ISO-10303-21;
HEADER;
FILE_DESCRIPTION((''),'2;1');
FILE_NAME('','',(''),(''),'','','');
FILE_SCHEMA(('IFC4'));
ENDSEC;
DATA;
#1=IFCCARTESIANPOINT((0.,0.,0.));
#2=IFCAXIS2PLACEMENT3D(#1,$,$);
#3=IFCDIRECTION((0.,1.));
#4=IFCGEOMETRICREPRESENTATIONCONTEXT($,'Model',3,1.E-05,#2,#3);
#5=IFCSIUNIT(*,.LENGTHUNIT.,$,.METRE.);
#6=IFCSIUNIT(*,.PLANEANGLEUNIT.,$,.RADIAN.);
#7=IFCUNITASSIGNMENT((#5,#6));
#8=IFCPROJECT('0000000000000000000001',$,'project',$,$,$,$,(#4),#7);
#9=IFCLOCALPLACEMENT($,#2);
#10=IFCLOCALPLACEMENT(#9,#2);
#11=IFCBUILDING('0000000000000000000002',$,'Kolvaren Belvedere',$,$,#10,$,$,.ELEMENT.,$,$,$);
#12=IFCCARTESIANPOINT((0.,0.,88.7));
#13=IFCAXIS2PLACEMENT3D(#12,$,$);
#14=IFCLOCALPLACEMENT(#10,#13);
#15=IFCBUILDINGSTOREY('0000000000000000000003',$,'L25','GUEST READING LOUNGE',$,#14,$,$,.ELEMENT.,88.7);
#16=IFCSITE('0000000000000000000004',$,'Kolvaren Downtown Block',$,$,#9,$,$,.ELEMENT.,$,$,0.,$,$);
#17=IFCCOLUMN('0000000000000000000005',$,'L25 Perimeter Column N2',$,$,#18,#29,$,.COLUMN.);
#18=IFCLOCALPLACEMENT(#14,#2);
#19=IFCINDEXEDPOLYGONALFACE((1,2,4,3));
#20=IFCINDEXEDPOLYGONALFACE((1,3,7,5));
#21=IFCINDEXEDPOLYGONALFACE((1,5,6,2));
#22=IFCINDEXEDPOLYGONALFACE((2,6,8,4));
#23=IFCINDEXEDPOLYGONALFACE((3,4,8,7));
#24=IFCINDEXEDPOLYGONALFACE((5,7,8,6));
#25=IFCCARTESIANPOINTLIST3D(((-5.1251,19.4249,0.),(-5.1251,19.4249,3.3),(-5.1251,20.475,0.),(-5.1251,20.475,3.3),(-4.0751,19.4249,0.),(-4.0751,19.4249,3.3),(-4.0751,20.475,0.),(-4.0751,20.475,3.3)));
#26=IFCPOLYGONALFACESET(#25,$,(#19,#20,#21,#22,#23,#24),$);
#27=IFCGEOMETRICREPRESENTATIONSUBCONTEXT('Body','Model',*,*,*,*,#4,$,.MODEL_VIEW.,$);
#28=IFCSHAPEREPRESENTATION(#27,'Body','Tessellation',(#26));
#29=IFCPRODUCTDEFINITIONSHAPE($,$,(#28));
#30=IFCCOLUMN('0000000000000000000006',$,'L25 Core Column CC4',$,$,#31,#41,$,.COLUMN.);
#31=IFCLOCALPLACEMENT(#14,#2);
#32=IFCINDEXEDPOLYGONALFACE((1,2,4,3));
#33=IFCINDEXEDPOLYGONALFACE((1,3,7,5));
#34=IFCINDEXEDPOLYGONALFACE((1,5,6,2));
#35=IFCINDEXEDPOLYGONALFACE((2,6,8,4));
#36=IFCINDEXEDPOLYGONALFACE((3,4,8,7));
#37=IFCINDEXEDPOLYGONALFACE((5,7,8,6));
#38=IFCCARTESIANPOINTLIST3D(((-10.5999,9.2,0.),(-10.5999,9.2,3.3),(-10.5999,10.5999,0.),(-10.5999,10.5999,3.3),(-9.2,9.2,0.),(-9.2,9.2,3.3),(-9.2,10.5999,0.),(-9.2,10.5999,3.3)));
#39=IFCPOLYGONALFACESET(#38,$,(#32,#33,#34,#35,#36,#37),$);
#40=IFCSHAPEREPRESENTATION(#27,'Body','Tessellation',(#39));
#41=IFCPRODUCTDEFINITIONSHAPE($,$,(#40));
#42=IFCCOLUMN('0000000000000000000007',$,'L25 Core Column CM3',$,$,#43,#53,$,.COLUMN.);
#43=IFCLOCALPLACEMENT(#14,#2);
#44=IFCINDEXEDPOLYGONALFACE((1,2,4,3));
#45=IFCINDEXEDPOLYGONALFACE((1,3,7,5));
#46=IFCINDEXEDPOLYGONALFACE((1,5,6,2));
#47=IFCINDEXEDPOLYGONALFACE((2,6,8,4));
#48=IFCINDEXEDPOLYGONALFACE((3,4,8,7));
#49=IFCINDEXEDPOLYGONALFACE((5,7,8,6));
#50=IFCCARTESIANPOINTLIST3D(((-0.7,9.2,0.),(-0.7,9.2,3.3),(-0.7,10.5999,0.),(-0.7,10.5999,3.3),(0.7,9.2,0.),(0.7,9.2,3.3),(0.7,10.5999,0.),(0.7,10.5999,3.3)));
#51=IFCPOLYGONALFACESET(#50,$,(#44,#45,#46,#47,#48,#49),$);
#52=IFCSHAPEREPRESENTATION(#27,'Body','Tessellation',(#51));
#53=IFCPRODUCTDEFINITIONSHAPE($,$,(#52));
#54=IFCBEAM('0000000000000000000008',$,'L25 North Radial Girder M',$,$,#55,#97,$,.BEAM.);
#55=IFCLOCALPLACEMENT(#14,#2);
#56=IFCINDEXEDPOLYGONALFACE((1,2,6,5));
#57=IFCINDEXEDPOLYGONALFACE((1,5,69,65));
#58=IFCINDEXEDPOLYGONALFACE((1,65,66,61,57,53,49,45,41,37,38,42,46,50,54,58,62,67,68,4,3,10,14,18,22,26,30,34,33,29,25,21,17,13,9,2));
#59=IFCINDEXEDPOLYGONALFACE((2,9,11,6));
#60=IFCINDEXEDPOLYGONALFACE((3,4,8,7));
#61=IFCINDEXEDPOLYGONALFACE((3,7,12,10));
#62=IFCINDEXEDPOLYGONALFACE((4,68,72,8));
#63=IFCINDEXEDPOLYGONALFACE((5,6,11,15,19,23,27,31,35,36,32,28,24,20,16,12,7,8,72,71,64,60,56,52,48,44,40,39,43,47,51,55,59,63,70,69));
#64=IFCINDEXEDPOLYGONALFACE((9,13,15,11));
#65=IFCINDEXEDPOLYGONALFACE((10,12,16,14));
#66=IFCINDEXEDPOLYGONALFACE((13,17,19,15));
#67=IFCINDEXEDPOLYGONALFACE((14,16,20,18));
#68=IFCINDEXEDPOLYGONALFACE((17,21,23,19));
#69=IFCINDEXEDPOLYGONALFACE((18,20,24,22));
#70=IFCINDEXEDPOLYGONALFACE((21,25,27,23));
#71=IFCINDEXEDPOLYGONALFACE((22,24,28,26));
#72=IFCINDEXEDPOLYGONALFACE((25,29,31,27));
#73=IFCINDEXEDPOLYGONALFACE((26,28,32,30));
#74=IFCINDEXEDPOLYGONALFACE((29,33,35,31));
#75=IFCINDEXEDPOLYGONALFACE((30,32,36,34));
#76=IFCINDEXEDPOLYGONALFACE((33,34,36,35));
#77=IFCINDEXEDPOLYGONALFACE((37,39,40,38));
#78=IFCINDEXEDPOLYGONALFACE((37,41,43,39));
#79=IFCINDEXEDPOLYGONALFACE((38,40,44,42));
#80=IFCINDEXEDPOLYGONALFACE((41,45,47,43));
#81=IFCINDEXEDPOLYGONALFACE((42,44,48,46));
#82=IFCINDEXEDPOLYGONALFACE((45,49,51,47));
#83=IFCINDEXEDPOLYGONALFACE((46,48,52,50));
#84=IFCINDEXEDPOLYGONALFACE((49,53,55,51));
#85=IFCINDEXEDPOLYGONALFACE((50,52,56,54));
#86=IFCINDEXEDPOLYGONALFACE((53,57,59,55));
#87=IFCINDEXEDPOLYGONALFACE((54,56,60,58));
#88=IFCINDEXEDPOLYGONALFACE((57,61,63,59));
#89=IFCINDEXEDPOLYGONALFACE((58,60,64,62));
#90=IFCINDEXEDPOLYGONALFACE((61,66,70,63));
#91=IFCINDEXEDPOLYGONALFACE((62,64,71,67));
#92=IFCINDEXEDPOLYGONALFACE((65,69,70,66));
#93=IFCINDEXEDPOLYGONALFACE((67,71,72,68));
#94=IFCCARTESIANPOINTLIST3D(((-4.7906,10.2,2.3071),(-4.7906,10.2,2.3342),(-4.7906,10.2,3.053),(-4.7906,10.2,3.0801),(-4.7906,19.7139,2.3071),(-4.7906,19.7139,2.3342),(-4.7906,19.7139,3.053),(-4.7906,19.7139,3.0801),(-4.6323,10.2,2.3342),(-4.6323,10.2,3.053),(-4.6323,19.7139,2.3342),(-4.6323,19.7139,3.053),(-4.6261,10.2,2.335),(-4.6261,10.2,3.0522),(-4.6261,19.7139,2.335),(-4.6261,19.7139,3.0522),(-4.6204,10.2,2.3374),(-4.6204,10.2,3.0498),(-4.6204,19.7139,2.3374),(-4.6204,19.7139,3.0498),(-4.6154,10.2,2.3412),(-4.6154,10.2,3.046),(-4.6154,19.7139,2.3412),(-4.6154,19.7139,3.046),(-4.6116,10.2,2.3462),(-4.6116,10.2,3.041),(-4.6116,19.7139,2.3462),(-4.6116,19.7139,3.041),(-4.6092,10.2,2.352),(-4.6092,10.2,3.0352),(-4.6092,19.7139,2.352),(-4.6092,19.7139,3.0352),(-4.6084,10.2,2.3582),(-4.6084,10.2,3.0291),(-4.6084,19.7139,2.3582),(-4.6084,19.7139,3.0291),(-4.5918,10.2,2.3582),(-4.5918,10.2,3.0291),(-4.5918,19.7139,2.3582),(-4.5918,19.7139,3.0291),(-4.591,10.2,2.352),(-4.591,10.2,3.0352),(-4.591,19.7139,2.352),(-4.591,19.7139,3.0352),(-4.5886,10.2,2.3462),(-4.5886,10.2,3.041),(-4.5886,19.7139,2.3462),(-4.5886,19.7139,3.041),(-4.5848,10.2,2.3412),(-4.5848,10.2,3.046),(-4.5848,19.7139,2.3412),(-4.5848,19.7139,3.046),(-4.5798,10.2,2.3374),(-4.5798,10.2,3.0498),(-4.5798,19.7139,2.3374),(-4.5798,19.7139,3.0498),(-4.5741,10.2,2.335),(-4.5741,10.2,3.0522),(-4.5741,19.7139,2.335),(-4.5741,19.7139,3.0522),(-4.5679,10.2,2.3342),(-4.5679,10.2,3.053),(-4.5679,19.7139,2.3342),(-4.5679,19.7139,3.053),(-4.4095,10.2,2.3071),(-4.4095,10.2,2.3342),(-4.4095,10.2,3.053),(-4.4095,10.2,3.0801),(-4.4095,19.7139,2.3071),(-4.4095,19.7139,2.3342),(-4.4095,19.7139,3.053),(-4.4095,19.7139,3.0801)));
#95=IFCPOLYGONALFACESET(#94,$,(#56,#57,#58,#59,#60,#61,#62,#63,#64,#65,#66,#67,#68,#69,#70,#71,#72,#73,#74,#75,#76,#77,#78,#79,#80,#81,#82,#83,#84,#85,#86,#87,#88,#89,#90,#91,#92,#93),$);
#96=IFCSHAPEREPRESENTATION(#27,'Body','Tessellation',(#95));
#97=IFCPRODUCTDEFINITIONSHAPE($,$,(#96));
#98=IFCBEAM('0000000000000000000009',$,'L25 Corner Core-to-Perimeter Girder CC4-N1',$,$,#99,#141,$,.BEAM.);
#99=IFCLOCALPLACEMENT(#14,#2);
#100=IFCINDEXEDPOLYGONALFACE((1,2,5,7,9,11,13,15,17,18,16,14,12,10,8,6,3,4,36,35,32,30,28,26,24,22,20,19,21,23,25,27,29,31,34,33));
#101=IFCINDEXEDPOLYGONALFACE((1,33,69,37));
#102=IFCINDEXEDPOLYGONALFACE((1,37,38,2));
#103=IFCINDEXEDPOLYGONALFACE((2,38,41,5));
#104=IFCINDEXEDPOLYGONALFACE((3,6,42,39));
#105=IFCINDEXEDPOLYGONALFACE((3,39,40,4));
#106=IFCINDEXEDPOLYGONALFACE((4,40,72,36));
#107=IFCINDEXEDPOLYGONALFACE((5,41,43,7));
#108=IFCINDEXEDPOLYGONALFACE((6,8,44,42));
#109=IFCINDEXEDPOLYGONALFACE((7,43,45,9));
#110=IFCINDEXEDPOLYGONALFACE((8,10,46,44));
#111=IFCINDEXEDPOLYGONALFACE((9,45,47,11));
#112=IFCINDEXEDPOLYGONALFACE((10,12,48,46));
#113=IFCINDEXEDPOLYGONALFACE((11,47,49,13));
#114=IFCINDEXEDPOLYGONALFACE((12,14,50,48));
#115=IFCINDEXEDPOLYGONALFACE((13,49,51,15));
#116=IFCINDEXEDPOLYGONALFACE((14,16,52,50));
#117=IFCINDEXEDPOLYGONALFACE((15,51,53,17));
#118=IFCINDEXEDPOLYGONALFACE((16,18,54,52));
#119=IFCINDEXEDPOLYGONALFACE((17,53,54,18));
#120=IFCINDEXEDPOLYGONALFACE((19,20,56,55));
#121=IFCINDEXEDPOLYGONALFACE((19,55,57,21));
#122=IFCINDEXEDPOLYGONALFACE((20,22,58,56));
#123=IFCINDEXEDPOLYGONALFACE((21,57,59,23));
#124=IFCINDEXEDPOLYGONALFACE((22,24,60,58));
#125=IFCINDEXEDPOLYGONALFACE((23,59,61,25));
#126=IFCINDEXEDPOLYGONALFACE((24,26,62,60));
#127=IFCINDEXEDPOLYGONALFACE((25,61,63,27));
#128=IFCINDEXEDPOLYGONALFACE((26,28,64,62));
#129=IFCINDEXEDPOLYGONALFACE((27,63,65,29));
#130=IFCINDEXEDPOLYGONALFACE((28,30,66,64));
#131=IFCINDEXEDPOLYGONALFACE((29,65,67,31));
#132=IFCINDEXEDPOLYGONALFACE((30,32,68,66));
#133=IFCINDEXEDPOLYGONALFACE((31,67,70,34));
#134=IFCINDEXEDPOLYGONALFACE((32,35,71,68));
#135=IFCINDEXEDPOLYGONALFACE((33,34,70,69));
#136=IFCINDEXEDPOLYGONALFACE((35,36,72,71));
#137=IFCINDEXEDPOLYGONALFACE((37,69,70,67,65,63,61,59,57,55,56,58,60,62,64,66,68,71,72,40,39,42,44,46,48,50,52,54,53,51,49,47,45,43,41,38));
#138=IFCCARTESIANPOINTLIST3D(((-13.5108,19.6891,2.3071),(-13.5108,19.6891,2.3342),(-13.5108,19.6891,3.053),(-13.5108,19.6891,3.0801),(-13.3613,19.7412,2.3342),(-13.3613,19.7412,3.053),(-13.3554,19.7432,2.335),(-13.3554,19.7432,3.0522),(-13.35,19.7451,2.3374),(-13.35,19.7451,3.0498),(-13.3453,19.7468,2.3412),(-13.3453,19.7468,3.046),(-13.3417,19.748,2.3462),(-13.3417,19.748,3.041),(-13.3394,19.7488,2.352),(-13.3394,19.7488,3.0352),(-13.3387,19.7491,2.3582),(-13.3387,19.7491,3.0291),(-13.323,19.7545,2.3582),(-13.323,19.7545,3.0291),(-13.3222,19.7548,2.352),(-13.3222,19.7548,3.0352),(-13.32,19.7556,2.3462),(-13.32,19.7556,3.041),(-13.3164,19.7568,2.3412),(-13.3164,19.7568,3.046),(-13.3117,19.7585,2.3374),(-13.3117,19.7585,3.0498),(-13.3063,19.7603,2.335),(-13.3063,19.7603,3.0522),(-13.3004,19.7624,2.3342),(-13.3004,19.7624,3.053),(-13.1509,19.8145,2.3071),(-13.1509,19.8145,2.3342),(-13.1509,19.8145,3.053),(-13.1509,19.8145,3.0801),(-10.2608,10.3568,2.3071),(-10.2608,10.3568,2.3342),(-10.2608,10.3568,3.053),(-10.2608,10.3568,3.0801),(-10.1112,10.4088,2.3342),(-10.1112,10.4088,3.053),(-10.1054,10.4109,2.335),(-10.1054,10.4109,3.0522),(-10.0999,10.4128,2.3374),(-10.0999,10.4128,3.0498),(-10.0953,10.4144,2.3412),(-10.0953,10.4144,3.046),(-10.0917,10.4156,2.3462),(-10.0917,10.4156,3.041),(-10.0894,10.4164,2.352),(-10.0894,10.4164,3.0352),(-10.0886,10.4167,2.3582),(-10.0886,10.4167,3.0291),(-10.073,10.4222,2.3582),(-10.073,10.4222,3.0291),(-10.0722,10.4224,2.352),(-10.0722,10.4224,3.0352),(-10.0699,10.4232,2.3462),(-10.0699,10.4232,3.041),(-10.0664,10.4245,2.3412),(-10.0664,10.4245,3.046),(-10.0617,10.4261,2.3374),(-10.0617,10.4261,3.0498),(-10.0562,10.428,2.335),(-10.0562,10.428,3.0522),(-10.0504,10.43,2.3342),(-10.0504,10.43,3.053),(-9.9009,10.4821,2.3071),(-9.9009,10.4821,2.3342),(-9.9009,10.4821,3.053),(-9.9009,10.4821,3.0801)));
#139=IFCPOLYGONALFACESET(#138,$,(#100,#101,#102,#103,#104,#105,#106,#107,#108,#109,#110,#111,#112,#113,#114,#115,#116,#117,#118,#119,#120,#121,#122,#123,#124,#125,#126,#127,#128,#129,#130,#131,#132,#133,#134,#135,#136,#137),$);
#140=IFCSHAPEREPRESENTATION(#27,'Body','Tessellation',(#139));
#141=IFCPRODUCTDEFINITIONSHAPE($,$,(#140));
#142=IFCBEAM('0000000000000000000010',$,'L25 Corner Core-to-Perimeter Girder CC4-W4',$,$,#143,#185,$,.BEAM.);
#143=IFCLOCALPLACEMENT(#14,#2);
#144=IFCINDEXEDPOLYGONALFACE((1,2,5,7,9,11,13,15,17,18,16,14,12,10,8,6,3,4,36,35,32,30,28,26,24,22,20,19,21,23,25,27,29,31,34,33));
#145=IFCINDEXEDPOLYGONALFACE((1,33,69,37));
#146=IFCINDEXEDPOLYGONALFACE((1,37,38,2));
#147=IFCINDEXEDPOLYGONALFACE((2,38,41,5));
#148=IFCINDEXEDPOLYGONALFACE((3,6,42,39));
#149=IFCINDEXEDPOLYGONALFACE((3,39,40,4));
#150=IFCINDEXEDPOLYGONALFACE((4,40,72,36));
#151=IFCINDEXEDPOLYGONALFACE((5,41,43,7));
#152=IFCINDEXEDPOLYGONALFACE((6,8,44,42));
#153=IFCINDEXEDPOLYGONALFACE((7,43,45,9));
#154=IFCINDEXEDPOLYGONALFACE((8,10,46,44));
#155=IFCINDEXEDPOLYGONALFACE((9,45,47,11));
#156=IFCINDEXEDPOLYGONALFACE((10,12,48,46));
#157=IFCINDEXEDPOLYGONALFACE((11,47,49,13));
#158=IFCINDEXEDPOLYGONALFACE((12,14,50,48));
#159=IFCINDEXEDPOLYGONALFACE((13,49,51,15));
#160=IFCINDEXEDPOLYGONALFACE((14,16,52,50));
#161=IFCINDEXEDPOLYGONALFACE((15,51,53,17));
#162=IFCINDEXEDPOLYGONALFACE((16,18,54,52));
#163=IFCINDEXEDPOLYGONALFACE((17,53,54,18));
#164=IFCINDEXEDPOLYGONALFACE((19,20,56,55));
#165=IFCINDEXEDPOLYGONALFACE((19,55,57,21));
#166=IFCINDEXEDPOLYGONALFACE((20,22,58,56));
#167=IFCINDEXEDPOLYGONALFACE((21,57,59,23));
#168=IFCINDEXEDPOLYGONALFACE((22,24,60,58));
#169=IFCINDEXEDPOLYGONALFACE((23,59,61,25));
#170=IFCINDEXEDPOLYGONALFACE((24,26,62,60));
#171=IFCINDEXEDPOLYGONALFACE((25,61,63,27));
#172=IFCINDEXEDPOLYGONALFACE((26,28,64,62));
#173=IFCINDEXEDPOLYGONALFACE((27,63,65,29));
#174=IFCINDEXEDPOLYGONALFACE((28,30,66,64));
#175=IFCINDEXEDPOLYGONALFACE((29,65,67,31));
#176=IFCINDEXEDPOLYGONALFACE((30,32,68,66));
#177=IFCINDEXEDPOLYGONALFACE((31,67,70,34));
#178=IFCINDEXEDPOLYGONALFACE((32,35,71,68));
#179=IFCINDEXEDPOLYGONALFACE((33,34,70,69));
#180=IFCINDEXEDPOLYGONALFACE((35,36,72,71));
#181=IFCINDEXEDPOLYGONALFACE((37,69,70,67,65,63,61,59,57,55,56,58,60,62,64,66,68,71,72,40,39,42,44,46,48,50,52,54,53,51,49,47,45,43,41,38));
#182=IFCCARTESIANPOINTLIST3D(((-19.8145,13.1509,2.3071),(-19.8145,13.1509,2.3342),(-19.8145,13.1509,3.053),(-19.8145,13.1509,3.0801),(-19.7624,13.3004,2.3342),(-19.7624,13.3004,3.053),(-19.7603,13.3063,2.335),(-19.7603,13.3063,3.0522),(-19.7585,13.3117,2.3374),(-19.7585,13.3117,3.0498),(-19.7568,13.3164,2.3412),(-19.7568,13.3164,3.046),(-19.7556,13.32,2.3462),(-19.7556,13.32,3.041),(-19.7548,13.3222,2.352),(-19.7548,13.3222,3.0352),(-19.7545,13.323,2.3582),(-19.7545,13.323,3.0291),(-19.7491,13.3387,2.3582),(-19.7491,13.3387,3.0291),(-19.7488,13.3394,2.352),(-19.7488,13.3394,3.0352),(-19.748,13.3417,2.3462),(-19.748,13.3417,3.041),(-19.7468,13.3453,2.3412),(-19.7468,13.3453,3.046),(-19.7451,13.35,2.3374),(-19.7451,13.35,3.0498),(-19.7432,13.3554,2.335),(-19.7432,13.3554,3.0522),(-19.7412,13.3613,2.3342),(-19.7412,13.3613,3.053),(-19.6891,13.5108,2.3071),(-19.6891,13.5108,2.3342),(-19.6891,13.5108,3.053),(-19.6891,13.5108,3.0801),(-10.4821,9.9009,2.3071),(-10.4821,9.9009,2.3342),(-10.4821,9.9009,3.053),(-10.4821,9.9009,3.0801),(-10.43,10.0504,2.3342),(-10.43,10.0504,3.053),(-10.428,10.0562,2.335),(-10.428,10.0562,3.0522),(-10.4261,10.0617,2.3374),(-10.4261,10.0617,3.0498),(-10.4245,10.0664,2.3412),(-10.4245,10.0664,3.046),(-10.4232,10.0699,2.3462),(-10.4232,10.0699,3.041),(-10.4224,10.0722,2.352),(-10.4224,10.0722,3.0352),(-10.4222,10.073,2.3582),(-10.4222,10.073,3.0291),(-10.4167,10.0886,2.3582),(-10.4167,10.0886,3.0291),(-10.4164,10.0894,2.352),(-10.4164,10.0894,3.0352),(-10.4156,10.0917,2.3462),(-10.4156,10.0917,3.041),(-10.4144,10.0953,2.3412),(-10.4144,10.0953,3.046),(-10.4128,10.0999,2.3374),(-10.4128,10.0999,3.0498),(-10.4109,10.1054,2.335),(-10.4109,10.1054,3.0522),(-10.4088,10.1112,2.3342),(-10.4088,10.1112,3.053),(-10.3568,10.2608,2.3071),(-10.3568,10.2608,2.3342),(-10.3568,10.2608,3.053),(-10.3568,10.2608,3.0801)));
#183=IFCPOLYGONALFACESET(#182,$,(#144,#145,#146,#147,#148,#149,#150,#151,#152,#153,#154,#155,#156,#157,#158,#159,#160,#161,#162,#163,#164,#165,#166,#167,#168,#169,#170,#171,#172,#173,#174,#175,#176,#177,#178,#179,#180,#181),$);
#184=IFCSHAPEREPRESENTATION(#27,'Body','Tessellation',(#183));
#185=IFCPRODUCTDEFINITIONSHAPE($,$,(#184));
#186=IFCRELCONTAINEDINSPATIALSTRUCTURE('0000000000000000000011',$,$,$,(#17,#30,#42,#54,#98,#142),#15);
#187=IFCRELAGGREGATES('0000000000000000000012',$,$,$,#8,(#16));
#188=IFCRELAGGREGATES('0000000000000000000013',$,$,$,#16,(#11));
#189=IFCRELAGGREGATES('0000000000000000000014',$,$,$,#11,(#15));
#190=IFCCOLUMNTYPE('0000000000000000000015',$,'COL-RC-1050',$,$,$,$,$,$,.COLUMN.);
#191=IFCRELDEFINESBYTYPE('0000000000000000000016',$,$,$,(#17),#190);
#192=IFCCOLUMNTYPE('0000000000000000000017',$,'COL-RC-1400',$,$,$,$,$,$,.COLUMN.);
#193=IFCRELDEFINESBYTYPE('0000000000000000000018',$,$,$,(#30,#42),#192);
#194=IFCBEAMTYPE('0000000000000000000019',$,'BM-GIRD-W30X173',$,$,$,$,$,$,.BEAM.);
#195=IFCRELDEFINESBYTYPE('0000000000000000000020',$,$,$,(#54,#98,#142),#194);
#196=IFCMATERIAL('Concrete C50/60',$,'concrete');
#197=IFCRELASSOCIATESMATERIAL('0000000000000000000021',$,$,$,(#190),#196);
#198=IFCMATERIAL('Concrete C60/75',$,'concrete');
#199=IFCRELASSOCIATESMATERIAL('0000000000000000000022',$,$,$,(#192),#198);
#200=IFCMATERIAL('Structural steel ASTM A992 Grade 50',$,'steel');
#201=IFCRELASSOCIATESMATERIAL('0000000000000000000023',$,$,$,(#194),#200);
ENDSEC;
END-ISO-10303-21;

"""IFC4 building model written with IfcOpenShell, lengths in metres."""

from ifc_helpers import new_model, si_unit, direction, frame, origin, origin_2d, place, context, subcontext, project, spatial, rectangle, i_section, extrude, material, material_profile, profile_set, type_object, element, save


model = new_model("IFC4")

# Units and contexts
model_context = context("Model", 3, precision=1e-05, world=origin(), true_north=direction((0.0, 1.0)))
body_context = subcontext(model_context, "Body", "Model", "MODEL_VIEW")
ifc_project = project(units=[si_unit("LENGTHUNIT", "METRE"), si_unit("PLANEANGLEUNIT", "RADIAN")], contexts=[model_context])

# Site, building, storey
site_placement = place(None, origin())
site = spatial("IfcSite", under=ifc_project, at=site_placement, Name="Kolvaren Downtown Block", CompositionType="ELEMENT", RefElevation=0.0)
building_placement = place(site_placement, origin())
building = spatial("IfcBuilding", under=site, at=building_placement, Name="Kolvaren Belvedere", CompositionType="ELEMENT")
storey_placement = place(building_placement, frame((0.0, 0.0, 88.7)))
storey = spatial("IfcBuildingStorey", under=building, at=storey_placement, Name="L25", Description="GUEST READING LOUNGE", CompositionType="ELEMENT", Elevation=88.7)

# Columns
ifc_material_1 = material(Name="Concrete C50/60", Category="concrete")
ifc_material_profile_1 = material_profile(ifc_material_1, rectangle(XDim=1.05, YDim=1.05, at=origin_2d()), Name="RC 1050X1050")
ifc_profile_set_1 = profile_set([ifc_material_profile_1], Name="Concrete C50/60")
column_type_1 = type_object("IfcColumnType", Name="COL-RC-1050", PredefinedType="COLUMN", material=ifc_profile_set_1)
column_placement = place(storey_placement, frame((-4.6001, 19.95, 0.0), z_axis=(0.0, 0.0, 1.0), x_axis=(1.0, 0.0, 0.0)))
element("IfcColumn", 1, at=column_placement, inside=storey, type_object=column_type_1, Name="L25 Perimeter Column N2", PredefinedType="COLUMN", context=body_context, shape_type="SweptSolid", body=[
    extrude(rectangle(XDim=1.05, YDim=1.05, at=origin_2d()), origin(), (0.0, 0.0, 1.0), 3.3),
])
ifc_material_2 = material(Name="Concrete C60/75", Category="concrete")
ifc_material_profile_2 = material_profile(ifc_material_2, rectangle(XDim=1.3999, YDim=1.3999, at=origin_2d()), Name="RC 1400X1400")
ifc_profile_set_2 = profile_set([ifc_material_profile_2], Name="Concrete C60/75")
column_type_2 = type_object("IfcColumnType", Name="COL-RC-1400", PredefinedType="COLUMN", material=ifc_profile_set_2)
for number, where, z_axis, x_axis, name in (
    (2, (-9.8999, 9.8999, 0.0), (0.0, 0.0, 1.0), (1.0, 0.0, 0.0), "L25 Core Column CC4"),
    (3, (0.0, 9.8999, 0.0), (0.0, 0.0, 1.0), (1.0, 0.0, 0.0), "L25 Core Column CM3"),
):
    element("IfcColumn", number, at=place(storey_placement, frame(where, z_axis=z_axis, x_axis=x_axis)), inside=storey, type_object=column_type_2, Name=name, PredefinedType="COLUMN", context=body_context, shape_type="SweptSolid", body=[
        extrude(rectangle(XDim=1.3999, YDim=1.3999, at=origin_2d()), origin(), (0.0, 0.0, 1.0), 3.3),
    ])

# Beams
ifc_material_3 = material(Name="Structural steel ASTM A992 Grade 50", Category="steel")
ifc_material_profile_3 = material_profile(ifc_material_3, i_section(OverallWidth=0.3811, OverallDepth=0.7729, WebThickness=0.0166, FlangeThickness=0.0271, FilletRadius=0.0239, at=origin_2d()), Name="W30X173")
ifc_profile_set_3 = profile_set([ifc_material_profile_3], Name="Structural steel ASTM A992 Grade 50")
beam_type_1 = type_object("IfcBeamType", Name="BM-GIRD-W30X173", PredefinedType="BEAM", material=ifc_profile_set_3)
beam_1_placement = place(storey_placement, frame((-4.6001, 10.2, 2.6936), z_axis=(0.0, 1.0, 0.0), x_axis=(-1.0, 0.0, 0.0)))
element("IfcBeam", 4, at=beam_1_placement, inside=storey, type_object=beam_type_1, Name="L25 North Radial Girder M", PredefinedType="BEAM", context=body_context, shape_type="SweptSolid", body=[
    extrude(i_section(OverallWidth=0.3811, OverallDepth=0.7729, WebThickness=0.0166, FlangeThickness=0.0271, FilletRadius=0.0239, at=origin_2d()), origin(), (0.0, 0.0, 1.0), 9.5139),
])
for number, where, z_axis, x_axis, name in (
    (5, (-10.0808, 10.4194, 2.6936), (-0.328881, 0.944371, 0.0), (-0.944371, -0.328881, 0.0), "L25 Corner Core-to-Perimeter Girder CC4-N1"),
    (6, (-10.4194, 10.0808, 2.6936), (-0.944371, 0.328881, 0.0), (-0.328881, -0.944371, 0.0), "L25 Corner Core-to-Perimeter Girder CC4-W4"),
):
    element("IfcBeam", number, at=place(storey_placement, frame(where, z_axis=z_axis, x_axis=x_axis)), inside=storey, type_object=beam_type_1, Name=name, PredefinedType="BEAM", context=body_context, shape_type="SweptSolid", body=[
        extrude(i_section(OverallWidth=0.3811, OverallDepth=0.7729, WebThickness=0.0166, FlangeThickness=0.0271, FilletRadius=0.0239, at=origin_2d()), origin(), (0.0, 0.0, 1.0), 9.8821),
    ])

save(model, "model.ifc")
